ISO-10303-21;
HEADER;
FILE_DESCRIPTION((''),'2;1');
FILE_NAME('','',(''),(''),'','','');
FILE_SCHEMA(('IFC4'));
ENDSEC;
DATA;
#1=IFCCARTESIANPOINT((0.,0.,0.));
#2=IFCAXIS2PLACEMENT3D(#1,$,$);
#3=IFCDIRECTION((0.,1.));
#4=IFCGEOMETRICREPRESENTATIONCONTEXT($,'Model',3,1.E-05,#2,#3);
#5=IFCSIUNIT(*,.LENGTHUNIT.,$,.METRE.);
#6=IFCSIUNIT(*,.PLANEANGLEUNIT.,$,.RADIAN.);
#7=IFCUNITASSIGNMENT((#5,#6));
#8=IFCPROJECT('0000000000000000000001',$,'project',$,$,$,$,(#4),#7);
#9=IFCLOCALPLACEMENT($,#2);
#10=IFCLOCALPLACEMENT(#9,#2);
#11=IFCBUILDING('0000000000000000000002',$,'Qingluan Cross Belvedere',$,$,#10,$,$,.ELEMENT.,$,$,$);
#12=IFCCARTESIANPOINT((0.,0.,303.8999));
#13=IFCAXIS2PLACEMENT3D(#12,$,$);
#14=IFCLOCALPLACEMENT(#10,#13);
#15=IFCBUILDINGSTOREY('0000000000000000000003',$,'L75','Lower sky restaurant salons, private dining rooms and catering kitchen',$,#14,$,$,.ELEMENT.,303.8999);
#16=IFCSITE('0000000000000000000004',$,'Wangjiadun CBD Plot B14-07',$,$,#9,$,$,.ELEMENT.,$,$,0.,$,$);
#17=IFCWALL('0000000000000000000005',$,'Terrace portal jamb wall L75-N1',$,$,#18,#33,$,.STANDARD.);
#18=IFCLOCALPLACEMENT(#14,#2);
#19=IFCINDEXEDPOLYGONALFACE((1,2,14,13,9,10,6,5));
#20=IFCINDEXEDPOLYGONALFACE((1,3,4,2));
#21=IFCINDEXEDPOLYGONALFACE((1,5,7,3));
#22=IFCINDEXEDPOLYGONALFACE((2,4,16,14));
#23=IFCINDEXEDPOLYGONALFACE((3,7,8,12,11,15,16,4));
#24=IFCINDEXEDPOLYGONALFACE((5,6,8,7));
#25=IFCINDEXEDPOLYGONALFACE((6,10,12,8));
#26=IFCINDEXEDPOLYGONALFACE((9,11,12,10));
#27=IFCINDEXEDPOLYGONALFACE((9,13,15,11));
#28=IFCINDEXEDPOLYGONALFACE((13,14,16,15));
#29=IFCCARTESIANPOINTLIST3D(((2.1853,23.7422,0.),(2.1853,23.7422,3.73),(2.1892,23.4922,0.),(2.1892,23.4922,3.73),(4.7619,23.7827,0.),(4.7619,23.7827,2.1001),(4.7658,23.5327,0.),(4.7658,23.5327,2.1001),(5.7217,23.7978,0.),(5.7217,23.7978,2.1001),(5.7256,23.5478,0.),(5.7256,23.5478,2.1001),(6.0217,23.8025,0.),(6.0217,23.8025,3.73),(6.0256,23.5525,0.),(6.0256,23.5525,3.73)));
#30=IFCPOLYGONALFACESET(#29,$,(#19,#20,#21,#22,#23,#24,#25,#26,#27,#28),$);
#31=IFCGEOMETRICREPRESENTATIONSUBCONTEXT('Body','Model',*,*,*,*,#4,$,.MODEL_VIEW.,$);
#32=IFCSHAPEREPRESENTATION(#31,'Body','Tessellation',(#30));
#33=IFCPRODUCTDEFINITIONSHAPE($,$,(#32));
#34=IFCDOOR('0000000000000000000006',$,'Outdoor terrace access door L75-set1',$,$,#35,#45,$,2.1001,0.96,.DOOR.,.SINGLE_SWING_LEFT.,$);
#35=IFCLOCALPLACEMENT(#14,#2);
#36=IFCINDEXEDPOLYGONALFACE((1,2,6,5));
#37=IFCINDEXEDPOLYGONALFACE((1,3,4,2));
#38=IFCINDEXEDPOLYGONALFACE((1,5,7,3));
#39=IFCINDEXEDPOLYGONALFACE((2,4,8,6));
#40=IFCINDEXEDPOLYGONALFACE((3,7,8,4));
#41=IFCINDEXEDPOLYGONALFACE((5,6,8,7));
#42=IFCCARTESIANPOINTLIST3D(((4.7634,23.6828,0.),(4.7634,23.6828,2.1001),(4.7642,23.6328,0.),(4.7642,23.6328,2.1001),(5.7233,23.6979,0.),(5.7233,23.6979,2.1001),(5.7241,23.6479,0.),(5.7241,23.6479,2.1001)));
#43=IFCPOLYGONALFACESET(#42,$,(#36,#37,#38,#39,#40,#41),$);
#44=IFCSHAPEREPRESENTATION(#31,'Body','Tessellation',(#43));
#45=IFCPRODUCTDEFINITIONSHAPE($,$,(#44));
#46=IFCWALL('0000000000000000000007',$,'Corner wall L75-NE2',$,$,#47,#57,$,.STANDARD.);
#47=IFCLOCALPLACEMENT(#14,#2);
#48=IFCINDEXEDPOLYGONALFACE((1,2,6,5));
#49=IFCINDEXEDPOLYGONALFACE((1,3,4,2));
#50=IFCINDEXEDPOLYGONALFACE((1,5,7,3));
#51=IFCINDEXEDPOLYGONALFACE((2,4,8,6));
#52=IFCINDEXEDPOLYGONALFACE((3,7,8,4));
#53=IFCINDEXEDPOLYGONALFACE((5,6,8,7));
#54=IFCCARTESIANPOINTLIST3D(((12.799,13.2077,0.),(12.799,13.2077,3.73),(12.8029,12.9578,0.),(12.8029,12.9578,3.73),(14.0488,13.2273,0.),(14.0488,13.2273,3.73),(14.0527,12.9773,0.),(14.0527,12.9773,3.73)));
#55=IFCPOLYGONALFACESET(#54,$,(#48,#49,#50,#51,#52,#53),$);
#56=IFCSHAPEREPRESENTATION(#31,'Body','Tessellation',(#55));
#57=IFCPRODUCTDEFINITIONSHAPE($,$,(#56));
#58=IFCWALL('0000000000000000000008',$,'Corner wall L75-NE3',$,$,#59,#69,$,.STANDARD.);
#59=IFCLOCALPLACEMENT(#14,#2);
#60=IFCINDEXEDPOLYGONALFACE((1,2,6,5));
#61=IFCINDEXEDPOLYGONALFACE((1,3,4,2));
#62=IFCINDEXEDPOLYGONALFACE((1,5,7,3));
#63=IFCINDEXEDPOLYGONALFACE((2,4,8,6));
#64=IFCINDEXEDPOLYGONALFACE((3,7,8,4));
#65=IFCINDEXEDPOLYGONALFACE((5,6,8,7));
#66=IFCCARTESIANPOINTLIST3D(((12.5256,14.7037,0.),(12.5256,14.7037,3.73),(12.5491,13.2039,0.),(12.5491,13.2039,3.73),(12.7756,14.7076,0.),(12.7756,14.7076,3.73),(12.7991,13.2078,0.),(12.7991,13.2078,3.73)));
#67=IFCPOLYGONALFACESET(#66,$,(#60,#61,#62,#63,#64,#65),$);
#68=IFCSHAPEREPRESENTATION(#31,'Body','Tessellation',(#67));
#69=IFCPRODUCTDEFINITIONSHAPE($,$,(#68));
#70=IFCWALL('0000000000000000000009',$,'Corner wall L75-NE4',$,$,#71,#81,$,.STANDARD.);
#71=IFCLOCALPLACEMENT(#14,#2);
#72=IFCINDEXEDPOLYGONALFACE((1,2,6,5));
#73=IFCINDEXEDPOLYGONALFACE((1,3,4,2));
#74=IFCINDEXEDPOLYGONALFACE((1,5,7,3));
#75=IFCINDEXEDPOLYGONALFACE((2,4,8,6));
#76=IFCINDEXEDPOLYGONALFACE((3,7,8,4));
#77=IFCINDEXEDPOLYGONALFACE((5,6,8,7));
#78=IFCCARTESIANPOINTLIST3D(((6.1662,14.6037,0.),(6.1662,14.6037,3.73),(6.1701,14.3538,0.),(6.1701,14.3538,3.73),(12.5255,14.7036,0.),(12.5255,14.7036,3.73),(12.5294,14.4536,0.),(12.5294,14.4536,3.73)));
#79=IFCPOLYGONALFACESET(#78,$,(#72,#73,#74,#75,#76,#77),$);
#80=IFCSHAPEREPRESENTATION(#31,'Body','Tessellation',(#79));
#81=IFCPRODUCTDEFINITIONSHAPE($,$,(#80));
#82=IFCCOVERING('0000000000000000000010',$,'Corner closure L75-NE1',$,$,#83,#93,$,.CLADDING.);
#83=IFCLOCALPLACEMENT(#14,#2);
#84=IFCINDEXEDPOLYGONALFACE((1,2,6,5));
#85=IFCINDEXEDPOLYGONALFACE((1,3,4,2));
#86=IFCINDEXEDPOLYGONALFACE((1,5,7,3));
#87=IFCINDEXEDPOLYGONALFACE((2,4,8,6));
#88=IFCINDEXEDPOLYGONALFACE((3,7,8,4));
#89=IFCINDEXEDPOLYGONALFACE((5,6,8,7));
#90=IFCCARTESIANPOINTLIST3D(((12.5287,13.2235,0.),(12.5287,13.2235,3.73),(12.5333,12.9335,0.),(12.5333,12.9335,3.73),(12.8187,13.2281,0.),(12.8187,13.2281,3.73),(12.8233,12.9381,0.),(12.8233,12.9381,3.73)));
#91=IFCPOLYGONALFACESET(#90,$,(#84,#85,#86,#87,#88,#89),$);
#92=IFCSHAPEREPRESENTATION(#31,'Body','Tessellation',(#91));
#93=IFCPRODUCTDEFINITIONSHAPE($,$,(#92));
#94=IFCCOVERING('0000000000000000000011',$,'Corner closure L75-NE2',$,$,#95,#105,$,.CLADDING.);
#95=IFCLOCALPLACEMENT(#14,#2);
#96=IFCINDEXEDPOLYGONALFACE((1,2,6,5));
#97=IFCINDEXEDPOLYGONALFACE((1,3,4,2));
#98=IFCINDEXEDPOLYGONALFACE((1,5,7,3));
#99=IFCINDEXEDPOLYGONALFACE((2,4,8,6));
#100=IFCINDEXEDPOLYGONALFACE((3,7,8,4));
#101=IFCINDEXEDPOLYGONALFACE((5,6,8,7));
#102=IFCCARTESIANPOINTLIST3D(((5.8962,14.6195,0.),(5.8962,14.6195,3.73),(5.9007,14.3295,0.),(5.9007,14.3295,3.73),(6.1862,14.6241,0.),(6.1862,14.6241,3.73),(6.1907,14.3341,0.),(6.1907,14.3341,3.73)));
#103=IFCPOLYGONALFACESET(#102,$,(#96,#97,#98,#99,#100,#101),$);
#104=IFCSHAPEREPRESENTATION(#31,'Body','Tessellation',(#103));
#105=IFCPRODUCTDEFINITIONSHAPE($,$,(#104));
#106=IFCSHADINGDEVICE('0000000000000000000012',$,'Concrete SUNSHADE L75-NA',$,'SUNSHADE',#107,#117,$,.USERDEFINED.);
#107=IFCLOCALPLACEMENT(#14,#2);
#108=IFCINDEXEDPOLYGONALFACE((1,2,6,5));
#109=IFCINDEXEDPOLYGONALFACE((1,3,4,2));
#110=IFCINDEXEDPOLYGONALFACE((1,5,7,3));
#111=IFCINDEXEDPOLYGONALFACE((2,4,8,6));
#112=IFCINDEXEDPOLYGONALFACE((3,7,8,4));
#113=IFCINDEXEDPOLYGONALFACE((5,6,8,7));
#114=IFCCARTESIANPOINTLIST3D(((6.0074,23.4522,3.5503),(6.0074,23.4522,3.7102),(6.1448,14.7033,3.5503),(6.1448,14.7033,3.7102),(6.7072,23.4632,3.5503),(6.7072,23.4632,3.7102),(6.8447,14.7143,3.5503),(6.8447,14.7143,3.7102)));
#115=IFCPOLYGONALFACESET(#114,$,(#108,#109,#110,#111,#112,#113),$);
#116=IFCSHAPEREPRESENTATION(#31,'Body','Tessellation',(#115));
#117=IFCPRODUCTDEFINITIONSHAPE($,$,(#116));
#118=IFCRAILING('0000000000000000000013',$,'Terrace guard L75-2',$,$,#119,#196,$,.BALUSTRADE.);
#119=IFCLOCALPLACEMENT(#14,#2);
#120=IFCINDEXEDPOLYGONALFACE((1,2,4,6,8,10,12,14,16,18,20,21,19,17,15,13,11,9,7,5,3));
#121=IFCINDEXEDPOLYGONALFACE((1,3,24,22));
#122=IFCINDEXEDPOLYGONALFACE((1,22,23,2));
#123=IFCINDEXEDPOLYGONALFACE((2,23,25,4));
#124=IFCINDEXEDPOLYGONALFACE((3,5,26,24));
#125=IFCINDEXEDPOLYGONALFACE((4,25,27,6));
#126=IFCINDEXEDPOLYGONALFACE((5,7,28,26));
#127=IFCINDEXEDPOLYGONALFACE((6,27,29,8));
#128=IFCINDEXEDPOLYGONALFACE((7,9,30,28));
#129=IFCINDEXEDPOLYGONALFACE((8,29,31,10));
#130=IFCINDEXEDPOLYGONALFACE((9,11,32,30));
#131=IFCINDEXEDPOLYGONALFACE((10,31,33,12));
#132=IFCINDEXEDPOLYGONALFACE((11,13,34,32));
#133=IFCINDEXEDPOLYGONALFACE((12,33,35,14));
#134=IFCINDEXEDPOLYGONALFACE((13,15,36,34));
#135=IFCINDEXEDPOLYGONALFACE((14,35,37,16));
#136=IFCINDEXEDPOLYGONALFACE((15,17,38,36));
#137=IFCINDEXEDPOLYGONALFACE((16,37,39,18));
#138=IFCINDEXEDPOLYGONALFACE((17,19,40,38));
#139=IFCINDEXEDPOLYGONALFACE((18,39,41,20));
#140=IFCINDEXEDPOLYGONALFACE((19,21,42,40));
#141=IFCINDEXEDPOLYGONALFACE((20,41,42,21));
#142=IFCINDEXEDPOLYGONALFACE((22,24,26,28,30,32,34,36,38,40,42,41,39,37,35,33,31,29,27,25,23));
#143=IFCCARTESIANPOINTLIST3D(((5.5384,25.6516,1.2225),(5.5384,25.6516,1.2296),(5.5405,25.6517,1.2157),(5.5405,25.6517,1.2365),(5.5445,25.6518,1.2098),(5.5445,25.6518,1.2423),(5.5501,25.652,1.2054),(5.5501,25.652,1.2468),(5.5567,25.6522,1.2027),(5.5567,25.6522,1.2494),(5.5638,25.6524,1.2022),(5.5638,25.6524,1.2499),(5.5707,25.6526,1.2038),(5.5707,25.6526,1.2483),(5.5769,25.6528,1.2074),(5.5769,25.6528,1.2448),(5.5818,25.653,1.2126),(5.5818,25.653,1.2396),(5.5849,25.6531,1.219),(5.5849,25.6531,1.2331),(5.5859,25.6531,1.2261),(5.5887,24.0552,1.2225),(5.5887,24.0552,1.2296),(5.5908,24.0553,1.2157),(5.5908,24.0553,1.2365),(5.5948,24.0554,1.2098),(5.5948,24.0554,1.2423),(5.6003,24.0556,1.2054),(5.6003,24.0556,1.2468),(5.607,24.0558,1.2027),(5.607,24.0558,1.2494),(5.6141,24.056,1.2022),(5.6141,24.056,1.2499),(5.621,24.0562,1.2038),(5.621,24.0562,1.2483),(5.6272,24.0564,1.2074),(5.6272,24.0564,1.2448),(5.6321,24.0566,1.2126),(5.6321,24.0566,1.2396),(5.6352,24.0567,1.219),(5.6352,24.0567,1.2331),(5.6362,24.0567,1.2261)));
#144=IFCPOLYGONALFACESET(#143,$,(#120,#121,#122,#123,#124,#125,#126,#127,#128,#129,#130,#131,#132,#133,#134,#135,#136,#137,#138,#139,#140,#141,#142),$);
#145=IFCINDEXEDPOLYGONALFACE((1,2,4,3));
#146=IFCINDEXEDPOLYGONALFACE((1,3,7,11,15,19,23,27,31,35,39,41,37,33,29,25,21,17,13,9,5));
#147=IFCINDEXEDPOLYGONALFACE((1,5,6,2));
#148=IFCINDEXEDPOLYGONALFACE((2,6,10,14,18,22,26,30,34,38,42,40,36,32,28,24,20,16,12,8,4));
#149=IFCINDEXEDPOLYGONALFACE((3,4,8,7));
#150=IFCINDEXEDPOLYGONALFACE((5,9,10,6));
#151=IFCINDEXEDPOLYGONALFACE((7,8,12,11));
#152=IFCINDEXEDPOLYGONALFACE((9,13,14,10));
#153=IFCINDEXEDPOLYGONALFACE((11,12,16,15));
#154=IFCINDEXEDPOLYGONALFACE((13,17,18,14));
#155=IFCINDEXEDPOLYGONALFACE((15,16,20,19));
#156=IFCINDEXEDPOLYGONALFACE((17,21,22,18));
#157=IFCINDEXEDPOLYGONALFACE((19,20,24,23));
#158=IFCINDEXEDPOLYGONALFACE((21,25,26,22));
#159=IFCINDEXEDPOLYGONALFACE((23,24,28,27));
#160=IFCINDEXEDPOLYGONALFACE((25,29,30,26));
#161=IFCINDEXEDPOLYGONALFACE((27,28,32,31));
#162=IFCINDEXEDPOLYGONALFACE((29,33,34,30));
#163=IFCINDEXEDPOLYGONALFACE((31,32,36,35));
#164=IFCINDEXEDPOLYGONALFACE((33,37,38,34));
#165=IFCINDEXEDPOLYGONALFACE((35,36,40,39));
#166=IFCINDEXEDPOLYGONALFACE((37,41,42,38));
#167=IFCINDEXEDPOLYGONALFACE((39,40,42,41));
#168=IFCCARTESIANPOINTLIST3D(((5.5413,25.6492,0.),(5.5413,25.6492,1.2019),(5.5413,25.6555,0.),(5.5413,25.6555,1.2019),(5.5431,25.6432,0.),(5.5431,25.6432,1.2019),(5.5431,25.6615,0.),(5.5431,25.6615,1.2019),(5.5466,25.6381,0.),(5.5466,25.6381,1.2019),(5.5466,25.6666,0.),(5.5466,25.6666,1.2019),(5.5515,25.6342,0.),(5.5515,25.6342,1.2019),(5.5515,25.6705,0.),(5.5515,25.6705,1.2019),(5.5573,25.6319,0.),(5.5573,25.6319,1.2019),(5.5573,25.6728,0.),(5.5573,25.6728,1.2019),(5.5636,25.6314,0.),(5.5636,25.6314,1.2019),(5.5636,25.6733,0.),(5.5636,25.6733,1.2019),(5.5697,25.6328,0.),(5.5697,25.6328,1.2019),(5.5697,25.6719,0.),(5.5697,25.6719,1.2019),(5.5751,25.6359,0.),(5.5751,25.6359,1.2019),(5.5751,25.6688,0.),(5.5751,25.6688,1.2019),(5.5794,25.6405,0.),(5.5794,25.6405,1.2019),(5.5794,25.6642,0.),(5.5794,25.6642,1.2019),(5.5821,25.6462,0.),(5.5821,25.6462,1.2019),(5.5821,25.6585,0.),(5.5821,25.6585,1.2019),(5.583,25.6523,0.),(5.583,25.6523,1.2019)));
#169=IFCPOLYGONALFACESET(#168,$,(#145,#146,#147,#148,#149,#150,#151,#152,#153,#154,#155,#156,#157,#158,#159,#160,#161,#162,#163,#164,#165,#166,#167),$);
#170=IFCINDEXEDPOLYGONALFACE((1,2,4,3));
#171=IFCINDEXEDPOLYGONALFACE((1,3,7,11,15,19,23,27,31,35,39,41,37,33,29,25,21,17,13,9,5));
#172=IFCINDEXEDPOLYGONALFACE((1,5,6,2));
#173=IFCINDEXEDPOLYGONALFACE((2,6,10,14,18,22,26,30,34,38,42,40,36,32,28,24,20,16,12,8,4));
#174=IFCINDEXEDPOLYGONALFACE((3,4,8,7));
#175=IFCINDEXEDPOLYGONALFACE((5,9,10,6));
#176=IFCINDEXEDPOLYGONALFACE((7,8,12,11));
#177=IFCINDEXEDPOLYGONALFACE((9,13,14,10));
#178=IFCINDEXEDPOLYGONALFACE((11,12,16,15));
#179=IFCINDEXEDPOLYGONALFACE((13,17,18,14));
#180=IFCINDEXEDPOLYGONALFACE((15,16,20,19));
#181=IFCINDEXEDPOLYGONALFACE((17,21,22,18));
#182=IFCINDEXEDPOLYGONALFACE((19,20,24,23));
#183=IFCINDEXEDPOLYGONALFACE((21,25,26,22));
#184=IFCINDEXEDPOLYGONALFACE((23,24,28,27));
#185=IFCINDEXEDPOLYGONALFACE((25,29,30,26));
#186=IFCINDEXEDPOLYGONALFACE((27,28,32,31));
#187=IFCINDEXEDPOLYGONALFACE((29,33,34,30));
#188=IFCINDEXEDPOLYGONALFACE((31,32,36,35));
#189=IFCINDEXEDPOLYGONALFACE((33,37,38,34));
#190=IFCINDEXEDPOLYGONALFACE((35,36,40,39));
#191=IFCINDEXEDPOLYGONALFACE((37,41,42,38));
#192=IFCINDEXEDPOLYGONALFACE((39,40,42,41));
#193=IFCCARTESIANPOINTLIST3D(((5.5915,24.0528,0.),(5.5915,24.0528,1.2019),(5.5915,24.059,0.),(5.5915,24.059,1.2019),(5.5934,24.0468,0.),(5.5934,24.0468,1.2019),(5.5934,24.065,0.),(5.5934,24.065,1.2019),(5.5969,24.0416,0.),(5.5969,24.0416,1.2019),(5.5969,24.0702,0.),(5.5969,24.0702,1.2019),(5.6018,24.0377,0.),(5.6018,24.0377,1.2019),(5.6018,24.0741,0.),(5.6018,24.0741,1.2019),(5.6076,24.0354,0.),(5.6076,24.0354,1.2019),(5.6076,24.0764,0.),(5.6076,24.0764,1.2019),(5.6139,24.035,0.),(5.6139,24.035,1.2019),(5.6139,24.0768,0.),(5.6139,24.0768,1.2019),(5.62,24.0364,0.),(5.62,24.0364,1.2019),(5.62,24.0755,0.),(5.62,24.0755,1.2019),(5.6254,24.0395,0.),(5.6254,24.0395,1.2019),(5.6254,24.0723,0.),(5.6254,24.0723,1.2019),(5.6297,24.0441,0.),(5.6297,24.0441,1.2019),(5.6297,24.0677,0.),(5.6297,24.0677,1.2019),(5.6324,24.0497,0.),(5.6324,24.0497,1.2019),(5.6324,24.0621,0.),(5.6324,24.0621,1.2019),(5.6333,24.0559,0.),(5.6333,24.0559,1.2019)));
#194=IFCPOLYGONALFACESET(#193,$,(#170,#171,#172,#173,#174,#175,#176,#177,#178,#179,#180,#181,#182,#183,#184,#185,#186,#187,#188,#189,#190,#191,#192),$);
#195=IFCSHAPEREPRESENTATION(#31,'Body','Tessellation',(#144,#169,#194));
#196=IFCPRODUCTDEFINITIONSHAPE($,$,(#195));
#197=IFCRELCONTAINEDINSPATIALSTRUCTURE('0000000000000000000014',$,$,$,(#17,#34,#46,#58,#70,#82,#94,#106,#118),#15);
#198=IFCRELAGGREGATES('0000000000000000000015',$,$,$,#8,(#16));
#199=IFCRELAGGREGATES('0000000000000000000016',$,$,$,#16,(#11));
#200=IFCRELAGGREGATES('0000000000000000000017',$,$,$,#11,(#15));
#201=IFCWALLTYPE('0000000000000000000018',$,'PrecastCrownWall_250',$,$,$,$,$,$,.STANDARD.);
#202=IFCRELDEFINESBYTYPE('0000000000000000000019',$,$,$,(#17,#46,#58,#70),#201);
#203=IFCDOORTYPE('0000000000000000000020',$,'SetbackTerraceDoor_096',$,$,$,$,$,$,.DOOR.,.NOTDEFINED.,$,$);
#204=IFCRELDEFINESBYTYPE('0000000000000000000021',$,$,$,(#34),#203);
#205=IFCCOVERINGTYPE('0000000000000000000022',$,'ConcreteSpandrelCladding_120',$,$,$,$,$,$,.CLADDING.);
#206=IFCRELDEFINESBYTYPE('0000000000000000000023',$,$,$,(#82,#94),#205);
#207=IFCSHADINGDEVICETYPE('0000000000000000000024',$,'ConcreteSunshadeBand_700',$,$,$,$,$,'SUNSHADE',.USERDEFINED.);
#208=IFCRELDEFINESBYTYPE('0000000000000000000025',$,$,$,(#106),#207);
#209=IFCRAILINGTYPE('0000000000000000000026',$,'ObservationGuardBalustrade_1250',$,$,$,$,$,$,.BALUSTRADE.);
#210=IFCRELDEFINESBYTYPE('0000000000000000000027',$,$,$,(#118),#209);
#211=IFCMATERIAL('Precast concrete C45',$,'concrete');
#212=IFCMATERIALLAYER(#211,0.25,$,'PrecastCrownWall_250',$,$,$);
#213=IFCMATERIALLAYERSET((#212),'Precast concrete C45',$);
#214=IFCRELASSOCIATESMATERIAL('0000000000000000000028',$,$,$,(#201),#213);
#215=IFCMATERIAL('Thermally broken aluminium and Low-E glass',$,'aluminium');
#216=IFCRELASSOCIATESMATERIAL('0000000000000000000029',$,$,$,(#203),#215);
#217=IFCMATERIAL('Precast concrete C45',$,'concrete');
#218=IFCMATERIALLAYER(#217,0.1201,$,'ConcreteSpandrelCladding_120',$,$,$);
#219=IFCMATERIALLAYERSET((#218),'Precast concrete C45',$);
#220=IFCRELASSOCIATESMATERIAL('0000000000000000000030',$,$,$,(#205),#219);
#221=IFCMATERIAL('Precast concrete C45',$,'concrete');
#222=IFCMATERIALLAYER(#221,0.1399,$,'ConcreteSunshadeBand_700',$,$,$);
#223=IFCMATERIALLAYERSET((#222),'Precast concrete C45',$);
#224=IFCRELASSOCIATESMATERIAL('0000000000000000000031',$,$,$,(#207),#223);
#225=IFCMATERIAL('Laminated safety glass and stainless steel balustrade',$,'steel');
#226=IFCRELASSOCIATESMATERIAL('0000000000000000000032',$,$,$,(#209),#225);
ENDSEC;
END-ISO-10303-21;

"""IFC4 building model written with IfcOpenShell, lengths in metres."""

from ifc_helpers import new_model, si_unit, direction, frame, frame_2d, origin, origin_2d, place, context, subcontext, project, spatial, rectangle, circle, extrude, material, layer, layer_set, type_object, element, fill, save


model = new_model("IFC4")

# Units and contexts
model_context = context("Model", 3, precision=1e-05, world=origin(), true_north=direction((0.0, 1.0)))
body_context = subcontext(model_context, "Body", "Model", "MODEL_VIEW")
ifc_project = project(units=[si_unit("LENGTHUNIT", "METRE"), si_unit("PLANEANGLEUNIT", "RADIAN")], contexts=[model_context])

# Site, building, storey
site_placement = place(None, origin())
site = spatial("IfcSite", under=ifc_project, at=site_placement, Name="Wangjiadun CBD Plot B14-07", CompositionType="ELEMENT", RefElevation=0.0)
building_placement = place(site_placement, origin())
building = spatial("IfcBuilding", under=site, at=building_placement, Name="Qingluan Cross Belvedere", CompositionType="ELEMENT")
storey_placement = place(building_placement, frame((0.0, 0.0, 303.8999)))
storey = spatial("IfcBuildingStorey", under=building, at=storey_placement, Name="L75", Description="Lower sky restaurant salons, private dining rooms and catering kitchen", CompositionType="ELEMENT", Elevation=303.8999)

# Shared definitions
ifc_material_1 = material(Name="Precast concrete C45", Category="concrete")
ifc_layer_1 = layer(ifc_material_1, 0.25, Name="PrecastCrownWall_250")
ifc_layer_set_1 = layer_set([ifc_layer_1], Name="Precast concrete C45")
wall_type_1 = type_object("IfcWallType", Name="PrecastCrownWall_250", PredefinedType="STANDARD", material=ifc_layer_set_1)

# Wall, opening, door
wall_1_placement = place(storey_placement, frame((6.0237, 23.6775, 0.0), z_axis=(0.0, 0.0, 1.0), x_axis=(-0.999876, -0.015717, 0.0)))
wall_1 = element("IfcWall", 1, at=wall_1_placement, inside=storey, type_object=wall_type_1, Name="Terrace portal jamb wall L75-N1", PredefinedType="STANDARD", context=body_context, shape_type="SweptSolid", body=[
    extrude(rectangle(XDim=3.8369, YDim=0.25, at=frame_2d((1.9185, 0.0))), origin(), (0.0, 0.0, 1.0), 3.73),
])
opening_1_placement = place(wall_1_placement, frame((0.3, 0.0, 0.0)))
opening_1 = element("IfcOpeningElement", 2, at=opening_1_placement, cuts=wall_1, PredefinedType="OPENING", context=body_context, shape_type="SweptSolid", body=[
    extrude(rectangle(XDim=0.96, YDim=2.1001, at=frame_2d((0.48, 1.05))), frame((0.0, 0.135, 0.0), z_axis=(0.0, -1.0, 0.0), x_axis=(1.0, 0.0, 0.0)), (0.0, 0.0, 1.0), 0.27),
])
ifc_material_2 = material(Name="Thermally broken aluminium and Low-E glass", Category="aluminium")
door_type = type_object("IfcDoorType", Name="SetbackTerraceDoor_096", OperationType="NOTDEFINED", PredefinedType="DOOR", material=ifc_material_2)
door_placement = place(opening_1_placement, origin())
door = element("IfcDoor", 3, at=door_placement, inside=storey, type_object=door_type, Name="Outdoor terrace access door L75-set1", OperationType="SINGLE_SWING_LEFT", OverallHeight=2.1001, OverallWidth=0.96, PredefinedType="DOOR", context=body_context, shape_type="SweptSolid", body=[
    extrude(rectangle(XDim=0.96, YDim=2.1001, at=frame_2d((0.48, 1.05))), frame((0.0, 0.0249, 0.0), z_axis=(0.0, -1.0, 0.0), x_axis=(1.0, 0.0, 0.0)), (0.0, 0.0, 1.0), 0.05),
])
fill(opening_1, door)

# Walls
wall_2_placement = place(storey_placement, frame((14.0508, 13.1023, 0.0), z_axis=(0.0, 0.0, 1.0), x_axis=(-0.999878, -0.015626, 0.0)))
element("IfcWall", 4, at=wall_2_placement, inside=storey, type_object=wall_type_1, Name="Corner wall L75-NE2", PredefinedType="STANDARD", context=body_context, shape_type="SweptSolid", body=[
    extrude(rectangle(XDim=1.25, YDim=0.25, at=frame_2d((0.625, 0.0))), origin(), (0.0, 0.0, 1.0), 3.73),
])
wall_3_placement = place(storey_placement, frame((12.6741, 13.2058, 0.0), z_axis=(0.0, 0.0, 1.0), x_axis=(-0.015626, 0.999878, 0.0)))
element("IfcWall", 5, at=wall_3_placement, inside=storey, type_object=wall_type_1, Name="Corner wall L75-NE3", PredefinedType="STANDARD", context=body_context, shape_type="SweptSolid", body=[
    extrude(rectangle(XDim=1.5, YDim=0.25, at=frame_2d((0.75, 0.0))), origin(), (0.0, 0.0, 1.0), 3.73),
])
wall_4_placement = place(storey_placement, frame((12.5276, 14.5786, 0.0), z_axis=(0.0, 0.0, 1.0), x_axis=(-0.999877, -0.0157, 0.0)))
element("IfcWall", 6, at=wall_4_placement, inside=storey, type_object=wall_type_1, Name="Corner wall L75-NE4", PredefinedType="STANDARD", context=body_context, shape_type="SweptSolid", body=[
    extrude(rectangle(XDim=6.3601, YDim=0.25, at=frame_2d((3.1802, 0.0))), origin(), (0.0, 0.0, 1.0), 3.73),
])

# Coverings
ifc_material_3 = material(Name="Precast concrete C45", Category="concrete")
ifc_layer_2 = layer(ifc_material_3, 0.1201, Name="ConcreteSpandrelCladding_120")
ifc_layer_set_2 = layer_set([ifc_layer_2], Name="Precast concrete C45")
covering_type = type_object("IfcCoveringType", Name="ConcreteSpandrelCladding_120", PredefinedType="CLADDING", material=ifc_layer_set_2)
for number, where, z_axis, x_axis, name in (
    (7, (12.676, 13.0808, 0.0), (0.0, 0.0, 1.0), (0.999877, 0.015707, 0.0), "Corner closure L75-NE1"),
    (8, (6.0435, 14.4768, 0.0), (0.0, 0.0, 1.0), (0.999877, 0.015707, 0.0), "Corner closure L75-NE2"),
):
    element("IfcCovering", number, at=place(storey_placement, frame(where, z_axis=z_axis, x_axis=x_axis)), inside=storey, type_object=covering_type, Name=name, PredefinedType="CLADDING", context=body_context, shape_type="SweptSolid", body=[
        extrude(rectangle(XDim=0.29, YDim=0.29, at=origin_2d()), origin(), (0.0, 0.0, 1.0), 3.73),
    ])

# Shading device
ifc_material_4 = material(Name="Precast concrete C45", Category="concrete")
ifc_layer_3 = layer(ifc_material_4, 0.1399, Name="ConcreteSunshadeBand_700")
ifc_layer_set_3 = layer_set([ifc_layer_3], Name="Precast concrete C45")
shading_device_type = type_object("IfcShadingDeviceType", Name="ConcreteSunshadeBand_700", ElementType="SUNSHADE", PredefinedType="USERDEFINED", material=ifc_layer_set_3)
shading_device_placement = place(storey_placement, frame((6.426, 19.0833, 3.5503), z_axis=(0.0, 0.0, 1.0), x_axis=(-0.015709, 0.999877, 0.0)))
element("IfcShadingDevice", 9, at=shading_device_placement, inside=storey, type_object=shading_device_type, Name="Concrete SUNSHADE L75-NA", ObjectType="SUNSHADE", PredefinedType="USERDEFINED", context=body_context, shape_type="SweptSolid", body=[
    extrude(rectangle(XDim=8.75, YDim=0.7, at=origin_2d()), origin(), (0.0, 0.0, 1.0), 0.1599),
])

# Railing
ifc_material_5 = material(Name="Laminated safety glass and stainless steel balustrade", Category="steel")
railing_type = type_object("IfcRailingType", Name="ObservationGuardBalustrade_1250", PredefinedType="BALUSTRADE", material=ifc_material_5)
railing_placement = place(storey_placement, frame((5.562, 25.6523, 0.0)))
element("IfcRailing", 10, at=railing_placement, inside=storey, type_object=railing_type, Name="Terrace guard L75-2", PredefinedType="BALUSTRADE", context=body_context, shape_type="SweptSolid", body=[
    extrude(circle(Radius=0.0239, at=origin_2d()), frame((0.0, 0.0, 1.2261), z_axis=(0.031488, -0.999504, 0.0), x_axis=(0.999504, 0.031488, 0.0)), (0.0, 0.0, 1.0), 1.5972),
    extrude(circle(Radius=0.021, at=origin_2d()), origin(), (0.0, 0.0, 1.0), 1.2019),
    extrude(circle(Radius=0.021, at=origin_2d()), frame((0.0503, -1.5964, 0.0)), (0.0, 0.0, 1.0), 1.2019),
])

save(model, "model.ifc")
